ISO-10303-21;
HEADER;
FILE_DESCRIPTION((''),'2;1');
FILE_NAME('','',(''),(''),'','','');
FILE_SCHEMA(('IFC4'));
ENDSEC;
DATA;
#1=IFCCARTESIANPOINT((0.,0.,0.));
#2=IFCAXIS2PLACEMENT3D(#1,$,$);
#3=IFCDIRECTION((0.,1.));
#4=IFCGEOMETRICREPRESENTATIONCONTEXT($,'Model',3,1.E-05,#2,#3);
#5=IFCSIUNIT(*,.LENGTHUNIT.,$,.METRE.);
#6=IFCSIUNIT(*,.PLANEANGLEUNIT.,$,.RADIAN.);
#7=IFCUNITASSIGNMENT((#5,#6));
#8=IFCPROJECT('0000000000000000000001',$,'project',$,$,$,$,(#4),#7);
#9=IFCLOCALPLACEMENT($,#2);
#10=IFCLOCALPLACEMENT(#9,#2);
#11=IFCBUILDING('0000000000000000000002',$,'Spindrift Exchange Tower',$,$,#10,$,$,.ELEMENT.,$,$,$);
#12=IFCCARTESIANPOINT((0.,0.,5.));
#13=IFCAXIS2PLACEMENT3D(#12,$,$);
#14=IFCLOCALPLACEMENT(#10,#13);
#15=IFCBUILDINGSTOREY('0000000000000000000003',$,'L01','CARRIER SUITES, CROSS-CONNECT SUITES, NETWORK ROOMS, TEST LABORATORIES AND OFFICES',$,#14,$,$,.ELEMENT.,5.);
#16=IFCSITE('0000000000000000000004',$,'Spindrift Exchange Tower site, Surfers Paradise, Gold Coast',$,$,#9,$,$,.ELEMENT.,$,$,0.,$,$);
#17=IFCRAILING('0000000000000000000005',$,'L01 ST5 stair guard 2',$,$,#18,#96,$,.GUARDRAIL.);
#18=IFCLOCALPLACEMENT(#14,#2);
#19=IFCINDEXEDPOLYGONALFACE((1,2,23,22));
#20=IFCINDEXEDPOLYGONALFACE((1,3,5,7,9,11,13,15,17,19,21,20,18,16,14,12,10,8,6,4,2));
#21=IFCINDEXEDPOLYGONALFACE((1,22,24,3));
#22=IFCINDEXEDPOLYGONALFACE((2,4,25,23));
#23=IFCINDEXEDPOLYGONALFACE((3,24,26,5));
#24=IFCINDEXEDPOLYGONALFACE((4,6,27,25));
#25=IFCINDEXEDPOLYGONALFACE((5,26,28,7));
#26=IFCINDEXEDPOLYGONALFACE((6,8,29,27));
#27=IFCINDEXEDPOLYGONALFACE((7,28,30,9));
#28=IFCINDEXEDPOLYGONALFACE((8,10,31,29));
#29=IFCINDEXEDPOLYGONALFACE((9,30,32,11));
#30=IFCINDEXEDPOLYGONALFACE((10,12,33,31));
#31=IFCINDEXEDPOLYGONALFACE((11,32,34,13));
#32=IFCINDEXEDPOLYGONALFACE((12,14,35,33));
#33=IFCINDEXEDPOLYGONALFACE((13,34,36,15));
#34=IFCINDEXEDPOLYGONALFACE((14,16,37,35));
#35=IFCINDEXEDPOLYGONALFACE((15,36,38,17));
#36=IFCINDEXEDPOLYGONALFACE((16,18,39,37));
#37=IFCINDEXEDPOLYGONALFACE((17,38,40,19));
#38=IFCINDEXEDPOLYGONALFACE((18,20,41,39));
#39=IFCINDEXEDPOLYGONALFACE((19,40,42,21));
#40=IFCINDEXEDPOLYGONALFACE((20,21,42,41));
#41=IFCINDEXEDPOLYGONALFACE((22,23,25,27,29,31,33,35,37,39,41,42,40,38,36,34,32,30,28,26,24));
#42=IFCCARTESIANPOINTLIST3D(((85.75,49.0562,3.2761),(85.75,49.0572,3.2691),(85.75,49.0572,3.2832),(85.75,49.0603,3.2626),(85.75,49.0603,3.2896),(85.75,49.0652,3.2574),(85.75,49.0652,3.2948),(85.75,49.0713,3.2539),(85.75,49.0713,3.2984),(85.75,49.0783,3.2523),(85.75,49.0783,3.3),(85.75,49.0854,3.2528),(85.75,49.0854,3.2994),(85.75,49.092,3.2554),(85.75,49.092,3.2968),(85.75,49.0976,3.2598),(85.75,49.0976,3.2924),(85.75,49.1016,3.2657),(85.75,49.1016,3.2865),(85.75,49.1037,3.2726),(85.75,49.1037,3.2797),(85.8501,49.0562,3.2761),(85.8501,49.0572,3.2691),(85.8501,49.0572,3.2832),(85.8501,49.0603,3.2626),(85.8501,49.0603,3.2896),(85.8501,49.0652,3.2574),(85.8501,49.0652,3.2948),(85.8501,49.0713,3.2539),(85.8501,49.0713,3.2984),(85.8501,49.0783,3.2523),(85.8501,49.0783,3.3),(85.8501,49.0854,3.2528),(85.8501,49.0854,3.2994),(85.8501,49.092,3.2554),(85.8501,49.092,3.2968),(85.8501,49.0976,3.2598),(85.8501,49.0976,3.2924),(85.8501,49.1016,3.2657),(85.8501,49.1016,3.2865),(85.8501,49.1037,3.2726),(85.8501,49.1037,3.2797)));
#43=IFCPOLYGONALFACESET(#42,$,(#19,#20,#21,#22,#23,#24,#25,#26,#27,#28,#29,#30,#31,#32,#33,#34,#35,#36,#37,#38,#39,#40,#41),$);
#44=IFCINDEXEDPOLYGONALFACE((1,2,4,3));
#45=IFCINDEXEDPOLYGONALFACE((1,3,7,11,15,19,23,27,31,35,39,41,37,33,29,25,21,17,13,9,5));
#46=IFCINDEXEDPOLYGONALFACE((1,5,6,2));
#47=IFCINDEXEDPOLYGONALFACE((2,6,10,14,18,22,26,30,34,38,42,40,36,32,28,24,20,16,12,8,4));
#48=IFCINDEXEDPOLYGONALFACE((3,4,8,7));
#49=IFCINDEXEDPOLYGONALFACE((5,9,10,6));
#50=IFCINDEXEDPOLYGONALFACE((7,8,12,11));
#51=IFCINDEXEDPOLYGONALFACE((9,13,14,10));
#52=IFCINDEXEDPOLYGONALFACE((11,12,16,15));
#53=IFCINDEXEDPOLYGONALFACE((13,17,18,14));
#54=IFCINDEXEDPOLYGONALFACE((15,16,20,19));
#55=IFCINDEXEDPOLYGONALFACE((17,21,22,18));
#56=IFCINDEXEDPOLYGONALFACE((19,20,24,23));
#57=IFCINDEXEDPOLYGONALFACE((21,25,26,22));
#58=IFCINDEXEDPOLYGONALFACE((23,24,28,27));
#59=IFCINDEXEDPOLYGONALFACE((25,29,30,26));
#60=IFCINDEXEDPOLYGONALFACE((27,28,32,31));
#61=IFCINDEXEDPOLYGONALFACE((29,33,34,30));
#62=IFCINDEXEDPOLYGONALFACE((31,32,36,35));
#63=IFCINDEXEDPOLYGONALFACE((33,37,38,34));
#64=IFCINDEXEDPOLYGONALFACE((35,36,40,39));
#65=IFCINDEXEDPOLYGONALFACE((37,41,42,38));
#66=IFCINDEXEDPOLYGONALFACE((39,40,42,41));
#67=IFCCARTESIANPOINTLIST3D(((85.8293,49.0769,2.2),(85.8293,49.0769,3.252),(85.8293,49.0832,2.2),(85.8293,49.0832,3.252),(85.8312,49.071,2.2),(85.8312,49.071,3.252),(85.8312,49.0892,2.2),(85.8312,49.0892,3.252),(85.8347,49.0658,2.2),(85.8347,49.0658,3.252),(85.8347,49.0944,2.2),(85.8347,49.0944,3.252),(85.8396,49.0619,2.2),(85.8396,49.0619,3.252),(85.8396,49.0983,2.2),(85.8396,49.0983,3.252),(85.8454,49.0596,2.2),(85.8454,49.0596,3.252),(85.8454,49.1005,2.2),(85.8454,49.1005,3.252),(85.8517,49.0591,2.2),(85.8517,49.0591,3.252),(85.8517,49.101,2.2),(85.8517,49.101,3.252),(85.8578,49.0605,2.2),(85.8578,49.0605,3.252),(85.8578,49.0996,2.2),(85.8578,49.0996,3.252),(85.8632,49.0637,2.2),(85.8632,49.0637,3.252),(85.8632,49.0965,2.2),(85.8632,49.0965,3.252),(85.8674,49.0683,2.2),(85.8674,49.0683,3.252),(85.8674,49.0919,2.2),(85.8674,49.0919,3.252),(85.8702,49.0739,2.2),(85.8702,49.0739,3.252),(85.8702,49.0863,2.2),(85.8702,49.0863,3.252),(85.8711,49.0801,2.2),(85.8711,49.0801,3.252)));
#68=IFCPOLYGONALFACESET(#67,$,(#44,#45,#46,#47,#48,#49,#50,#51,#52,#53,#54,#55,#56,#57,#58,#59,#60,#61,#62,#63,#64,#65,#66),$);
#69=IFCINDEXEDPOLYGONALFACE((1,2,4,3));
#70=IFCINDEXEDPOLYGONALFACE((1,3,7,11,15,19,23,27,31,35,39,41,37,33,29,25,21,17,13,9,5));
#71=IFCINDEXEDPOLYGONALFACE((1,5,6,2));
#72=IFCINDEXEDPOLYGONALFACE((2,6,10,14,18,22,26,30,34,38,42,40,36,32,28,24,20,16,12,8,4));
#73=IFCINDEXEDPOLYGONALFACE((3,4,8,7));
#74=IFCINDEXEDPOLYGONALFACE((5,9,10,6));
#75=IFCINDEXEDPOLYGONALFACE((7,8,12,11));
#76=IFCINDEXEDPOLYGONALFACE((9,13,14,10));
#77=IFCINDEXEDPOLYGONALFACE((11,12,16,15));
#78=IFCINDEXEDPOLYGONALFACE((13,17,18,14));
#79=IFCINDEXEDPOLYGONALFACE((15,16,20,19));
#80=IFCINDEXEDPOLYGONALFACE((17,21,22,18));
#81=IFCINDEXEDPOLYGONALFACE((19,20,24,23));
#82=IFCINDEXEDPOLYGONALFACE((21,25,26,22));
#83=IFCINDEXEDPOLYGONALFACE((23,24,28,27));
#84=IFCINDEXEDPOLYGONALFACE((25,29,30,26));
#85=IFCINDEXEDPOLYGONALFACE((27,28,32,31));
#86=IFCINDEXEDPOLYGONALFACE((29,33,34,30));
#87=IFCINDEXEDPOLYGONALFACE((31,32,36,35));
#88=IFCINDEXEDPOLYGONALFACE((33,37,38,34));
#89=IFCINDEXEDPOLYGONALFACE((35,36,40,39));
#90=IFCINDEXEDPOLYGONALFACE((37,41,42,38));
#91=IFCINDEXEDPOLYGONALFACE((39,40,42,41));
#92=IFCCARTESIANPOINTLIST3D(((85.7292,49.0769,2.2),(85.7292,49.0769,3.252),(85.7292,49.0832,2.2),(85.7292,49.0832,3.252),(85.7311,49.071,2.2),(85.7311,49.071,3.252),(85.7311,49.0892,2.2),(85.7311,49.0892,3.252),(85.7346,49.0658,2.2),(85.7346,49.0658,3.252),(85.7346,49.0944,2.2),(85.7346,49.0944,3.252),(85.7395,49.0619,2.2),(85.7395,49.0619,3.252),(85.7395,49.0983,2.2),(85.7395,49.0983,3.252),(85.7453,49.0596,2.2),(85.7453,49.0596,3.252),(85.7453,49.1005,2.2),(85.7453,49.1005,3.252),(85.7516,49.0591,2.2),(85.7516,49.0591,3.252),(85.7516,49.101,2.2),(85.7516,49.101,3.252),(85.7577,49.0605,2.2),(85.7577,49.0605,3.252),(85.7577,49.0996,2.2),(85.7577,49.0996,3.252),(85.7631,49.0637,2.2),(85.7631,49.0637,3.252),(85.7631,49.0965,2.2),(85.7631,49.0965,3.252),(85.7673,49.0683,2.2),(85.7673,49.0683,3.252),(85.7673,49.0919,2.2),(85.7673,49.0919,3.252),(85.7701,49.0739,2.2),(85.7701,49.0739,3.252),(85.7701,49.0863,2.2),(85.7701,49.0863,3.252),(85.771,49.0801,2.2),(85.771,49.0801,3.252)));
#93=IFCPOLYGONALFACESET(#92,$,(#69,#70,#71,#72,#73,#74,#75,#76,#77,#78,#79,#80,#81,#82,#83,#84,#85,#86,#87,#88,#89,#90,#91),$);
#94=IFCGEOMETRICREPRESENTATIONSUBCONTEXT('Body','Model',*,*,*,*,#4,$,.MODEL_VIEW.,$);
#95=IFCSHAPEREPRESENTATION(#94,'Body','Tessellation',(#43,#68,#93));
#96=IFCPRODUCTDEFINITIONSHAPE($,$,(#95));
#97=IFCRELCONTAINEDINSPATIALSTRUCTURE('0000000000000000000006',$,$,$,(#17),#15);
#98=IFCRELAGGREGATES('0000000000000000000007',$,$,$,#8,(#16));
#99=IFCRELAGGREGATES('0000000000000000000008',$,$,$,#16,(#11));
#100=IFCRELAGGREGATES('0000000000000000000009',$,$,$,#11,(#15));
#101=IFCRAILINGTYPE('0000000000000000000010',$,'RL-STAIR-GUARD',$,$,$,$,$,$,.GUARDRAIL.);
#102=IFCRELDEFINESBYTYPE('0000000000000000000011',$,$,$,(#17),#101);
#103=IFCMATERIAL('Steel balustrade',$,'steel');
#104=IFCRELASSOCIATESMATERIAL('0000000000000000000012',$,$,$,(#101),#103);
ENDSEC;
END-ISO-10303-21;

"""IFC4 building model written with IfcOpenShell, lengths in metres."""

from ifc_helpers import new_model, si_unit, direction, frame, origin, origin_2d, place, context, subcontext, project, spatial, circle, extrude, material, type_object, element, save


model = new_model("IFC4")

# Units and contexts
model_context = context("Model", 3, precision=1e-05, world=origin(), true_north=direction((0.0, 1.0)))
body_context = subcontext(model_context, "Body", "Model", "MODEL_VIEW")
ifc_project = project(units=[si_unit("LENGTHUNIT", "METRE"), si_unit("PLANEANGLEUNIT", "RADIAN")], contexts=[model_context])

# Site, building, storey
site_placement = place(None, origin())
site = spatial("IfcSite", under=ifc_project, at=site_placement, Name="Spindrift Exchange Tower site, Surfers Paradise, Gold Coast", CompositionType="ELEMENT", RefElevation=0.0)
building_placement = place(site_placement, origin())
building = spatial("IfcBuilding", under=site, at=building_placement, Name="Spindrift Exchange Tower", CompositionType="ELEMENT")
storey_placement = place(building_placement, frame((0.0, 0.0, 5.0)))
storey = spatial("IfcBuildingStorey", under=building, at=storey_placement, Name="L01", Description="CARRIER SUITES, CROSS-CONNECT SUITES, NETWORK ROOMS, TEST LABORATORIES AND OFFICES", CompositionType="ELEMENT", Elevation=5.0)

# Railing
ifc_material_1 = material(Name="Steel balustrade", Category="steel")
railing_type_1 = type_object("IfcRailingType", Name="RL-STAIR-GUARD", PredefinedType="GUARDRAIL", material=ifc_material_1)
railing_1_placement = place(storey_placement, frame((85.8501, 49.0801, 2.2)))
element("IfcRailing", 1, at=railing_1_placement, inside=storey, type_object=railing_type_1, Name="L01 ST5 stair guard 2", PredefinedType="GUARDRAIL", context=body_context, shape_type="SweptSolid", body=[
    extrude(circle(Radius=0.0239, at=origin_2d()), frame((0.0, 0.0, 1.0762), z_axis=(-1.0, 0.0, 0.0), x_axis=(0.0, -1.0, 0.0)), (0.0, 0.0, 1.0), 0.1001),
    extrude(circle(Radius=0.021, at=origin_2d()), origin(), (0.0, 0.0, 1.0), 1.052),
    extrude(circle(Radius=0.021, at=origin_2d()), frame((-0.1001, 0.0, 0.0)), (0.0, 0.0, 1.0), 1.052),
])

save(model, "model.ifc")
